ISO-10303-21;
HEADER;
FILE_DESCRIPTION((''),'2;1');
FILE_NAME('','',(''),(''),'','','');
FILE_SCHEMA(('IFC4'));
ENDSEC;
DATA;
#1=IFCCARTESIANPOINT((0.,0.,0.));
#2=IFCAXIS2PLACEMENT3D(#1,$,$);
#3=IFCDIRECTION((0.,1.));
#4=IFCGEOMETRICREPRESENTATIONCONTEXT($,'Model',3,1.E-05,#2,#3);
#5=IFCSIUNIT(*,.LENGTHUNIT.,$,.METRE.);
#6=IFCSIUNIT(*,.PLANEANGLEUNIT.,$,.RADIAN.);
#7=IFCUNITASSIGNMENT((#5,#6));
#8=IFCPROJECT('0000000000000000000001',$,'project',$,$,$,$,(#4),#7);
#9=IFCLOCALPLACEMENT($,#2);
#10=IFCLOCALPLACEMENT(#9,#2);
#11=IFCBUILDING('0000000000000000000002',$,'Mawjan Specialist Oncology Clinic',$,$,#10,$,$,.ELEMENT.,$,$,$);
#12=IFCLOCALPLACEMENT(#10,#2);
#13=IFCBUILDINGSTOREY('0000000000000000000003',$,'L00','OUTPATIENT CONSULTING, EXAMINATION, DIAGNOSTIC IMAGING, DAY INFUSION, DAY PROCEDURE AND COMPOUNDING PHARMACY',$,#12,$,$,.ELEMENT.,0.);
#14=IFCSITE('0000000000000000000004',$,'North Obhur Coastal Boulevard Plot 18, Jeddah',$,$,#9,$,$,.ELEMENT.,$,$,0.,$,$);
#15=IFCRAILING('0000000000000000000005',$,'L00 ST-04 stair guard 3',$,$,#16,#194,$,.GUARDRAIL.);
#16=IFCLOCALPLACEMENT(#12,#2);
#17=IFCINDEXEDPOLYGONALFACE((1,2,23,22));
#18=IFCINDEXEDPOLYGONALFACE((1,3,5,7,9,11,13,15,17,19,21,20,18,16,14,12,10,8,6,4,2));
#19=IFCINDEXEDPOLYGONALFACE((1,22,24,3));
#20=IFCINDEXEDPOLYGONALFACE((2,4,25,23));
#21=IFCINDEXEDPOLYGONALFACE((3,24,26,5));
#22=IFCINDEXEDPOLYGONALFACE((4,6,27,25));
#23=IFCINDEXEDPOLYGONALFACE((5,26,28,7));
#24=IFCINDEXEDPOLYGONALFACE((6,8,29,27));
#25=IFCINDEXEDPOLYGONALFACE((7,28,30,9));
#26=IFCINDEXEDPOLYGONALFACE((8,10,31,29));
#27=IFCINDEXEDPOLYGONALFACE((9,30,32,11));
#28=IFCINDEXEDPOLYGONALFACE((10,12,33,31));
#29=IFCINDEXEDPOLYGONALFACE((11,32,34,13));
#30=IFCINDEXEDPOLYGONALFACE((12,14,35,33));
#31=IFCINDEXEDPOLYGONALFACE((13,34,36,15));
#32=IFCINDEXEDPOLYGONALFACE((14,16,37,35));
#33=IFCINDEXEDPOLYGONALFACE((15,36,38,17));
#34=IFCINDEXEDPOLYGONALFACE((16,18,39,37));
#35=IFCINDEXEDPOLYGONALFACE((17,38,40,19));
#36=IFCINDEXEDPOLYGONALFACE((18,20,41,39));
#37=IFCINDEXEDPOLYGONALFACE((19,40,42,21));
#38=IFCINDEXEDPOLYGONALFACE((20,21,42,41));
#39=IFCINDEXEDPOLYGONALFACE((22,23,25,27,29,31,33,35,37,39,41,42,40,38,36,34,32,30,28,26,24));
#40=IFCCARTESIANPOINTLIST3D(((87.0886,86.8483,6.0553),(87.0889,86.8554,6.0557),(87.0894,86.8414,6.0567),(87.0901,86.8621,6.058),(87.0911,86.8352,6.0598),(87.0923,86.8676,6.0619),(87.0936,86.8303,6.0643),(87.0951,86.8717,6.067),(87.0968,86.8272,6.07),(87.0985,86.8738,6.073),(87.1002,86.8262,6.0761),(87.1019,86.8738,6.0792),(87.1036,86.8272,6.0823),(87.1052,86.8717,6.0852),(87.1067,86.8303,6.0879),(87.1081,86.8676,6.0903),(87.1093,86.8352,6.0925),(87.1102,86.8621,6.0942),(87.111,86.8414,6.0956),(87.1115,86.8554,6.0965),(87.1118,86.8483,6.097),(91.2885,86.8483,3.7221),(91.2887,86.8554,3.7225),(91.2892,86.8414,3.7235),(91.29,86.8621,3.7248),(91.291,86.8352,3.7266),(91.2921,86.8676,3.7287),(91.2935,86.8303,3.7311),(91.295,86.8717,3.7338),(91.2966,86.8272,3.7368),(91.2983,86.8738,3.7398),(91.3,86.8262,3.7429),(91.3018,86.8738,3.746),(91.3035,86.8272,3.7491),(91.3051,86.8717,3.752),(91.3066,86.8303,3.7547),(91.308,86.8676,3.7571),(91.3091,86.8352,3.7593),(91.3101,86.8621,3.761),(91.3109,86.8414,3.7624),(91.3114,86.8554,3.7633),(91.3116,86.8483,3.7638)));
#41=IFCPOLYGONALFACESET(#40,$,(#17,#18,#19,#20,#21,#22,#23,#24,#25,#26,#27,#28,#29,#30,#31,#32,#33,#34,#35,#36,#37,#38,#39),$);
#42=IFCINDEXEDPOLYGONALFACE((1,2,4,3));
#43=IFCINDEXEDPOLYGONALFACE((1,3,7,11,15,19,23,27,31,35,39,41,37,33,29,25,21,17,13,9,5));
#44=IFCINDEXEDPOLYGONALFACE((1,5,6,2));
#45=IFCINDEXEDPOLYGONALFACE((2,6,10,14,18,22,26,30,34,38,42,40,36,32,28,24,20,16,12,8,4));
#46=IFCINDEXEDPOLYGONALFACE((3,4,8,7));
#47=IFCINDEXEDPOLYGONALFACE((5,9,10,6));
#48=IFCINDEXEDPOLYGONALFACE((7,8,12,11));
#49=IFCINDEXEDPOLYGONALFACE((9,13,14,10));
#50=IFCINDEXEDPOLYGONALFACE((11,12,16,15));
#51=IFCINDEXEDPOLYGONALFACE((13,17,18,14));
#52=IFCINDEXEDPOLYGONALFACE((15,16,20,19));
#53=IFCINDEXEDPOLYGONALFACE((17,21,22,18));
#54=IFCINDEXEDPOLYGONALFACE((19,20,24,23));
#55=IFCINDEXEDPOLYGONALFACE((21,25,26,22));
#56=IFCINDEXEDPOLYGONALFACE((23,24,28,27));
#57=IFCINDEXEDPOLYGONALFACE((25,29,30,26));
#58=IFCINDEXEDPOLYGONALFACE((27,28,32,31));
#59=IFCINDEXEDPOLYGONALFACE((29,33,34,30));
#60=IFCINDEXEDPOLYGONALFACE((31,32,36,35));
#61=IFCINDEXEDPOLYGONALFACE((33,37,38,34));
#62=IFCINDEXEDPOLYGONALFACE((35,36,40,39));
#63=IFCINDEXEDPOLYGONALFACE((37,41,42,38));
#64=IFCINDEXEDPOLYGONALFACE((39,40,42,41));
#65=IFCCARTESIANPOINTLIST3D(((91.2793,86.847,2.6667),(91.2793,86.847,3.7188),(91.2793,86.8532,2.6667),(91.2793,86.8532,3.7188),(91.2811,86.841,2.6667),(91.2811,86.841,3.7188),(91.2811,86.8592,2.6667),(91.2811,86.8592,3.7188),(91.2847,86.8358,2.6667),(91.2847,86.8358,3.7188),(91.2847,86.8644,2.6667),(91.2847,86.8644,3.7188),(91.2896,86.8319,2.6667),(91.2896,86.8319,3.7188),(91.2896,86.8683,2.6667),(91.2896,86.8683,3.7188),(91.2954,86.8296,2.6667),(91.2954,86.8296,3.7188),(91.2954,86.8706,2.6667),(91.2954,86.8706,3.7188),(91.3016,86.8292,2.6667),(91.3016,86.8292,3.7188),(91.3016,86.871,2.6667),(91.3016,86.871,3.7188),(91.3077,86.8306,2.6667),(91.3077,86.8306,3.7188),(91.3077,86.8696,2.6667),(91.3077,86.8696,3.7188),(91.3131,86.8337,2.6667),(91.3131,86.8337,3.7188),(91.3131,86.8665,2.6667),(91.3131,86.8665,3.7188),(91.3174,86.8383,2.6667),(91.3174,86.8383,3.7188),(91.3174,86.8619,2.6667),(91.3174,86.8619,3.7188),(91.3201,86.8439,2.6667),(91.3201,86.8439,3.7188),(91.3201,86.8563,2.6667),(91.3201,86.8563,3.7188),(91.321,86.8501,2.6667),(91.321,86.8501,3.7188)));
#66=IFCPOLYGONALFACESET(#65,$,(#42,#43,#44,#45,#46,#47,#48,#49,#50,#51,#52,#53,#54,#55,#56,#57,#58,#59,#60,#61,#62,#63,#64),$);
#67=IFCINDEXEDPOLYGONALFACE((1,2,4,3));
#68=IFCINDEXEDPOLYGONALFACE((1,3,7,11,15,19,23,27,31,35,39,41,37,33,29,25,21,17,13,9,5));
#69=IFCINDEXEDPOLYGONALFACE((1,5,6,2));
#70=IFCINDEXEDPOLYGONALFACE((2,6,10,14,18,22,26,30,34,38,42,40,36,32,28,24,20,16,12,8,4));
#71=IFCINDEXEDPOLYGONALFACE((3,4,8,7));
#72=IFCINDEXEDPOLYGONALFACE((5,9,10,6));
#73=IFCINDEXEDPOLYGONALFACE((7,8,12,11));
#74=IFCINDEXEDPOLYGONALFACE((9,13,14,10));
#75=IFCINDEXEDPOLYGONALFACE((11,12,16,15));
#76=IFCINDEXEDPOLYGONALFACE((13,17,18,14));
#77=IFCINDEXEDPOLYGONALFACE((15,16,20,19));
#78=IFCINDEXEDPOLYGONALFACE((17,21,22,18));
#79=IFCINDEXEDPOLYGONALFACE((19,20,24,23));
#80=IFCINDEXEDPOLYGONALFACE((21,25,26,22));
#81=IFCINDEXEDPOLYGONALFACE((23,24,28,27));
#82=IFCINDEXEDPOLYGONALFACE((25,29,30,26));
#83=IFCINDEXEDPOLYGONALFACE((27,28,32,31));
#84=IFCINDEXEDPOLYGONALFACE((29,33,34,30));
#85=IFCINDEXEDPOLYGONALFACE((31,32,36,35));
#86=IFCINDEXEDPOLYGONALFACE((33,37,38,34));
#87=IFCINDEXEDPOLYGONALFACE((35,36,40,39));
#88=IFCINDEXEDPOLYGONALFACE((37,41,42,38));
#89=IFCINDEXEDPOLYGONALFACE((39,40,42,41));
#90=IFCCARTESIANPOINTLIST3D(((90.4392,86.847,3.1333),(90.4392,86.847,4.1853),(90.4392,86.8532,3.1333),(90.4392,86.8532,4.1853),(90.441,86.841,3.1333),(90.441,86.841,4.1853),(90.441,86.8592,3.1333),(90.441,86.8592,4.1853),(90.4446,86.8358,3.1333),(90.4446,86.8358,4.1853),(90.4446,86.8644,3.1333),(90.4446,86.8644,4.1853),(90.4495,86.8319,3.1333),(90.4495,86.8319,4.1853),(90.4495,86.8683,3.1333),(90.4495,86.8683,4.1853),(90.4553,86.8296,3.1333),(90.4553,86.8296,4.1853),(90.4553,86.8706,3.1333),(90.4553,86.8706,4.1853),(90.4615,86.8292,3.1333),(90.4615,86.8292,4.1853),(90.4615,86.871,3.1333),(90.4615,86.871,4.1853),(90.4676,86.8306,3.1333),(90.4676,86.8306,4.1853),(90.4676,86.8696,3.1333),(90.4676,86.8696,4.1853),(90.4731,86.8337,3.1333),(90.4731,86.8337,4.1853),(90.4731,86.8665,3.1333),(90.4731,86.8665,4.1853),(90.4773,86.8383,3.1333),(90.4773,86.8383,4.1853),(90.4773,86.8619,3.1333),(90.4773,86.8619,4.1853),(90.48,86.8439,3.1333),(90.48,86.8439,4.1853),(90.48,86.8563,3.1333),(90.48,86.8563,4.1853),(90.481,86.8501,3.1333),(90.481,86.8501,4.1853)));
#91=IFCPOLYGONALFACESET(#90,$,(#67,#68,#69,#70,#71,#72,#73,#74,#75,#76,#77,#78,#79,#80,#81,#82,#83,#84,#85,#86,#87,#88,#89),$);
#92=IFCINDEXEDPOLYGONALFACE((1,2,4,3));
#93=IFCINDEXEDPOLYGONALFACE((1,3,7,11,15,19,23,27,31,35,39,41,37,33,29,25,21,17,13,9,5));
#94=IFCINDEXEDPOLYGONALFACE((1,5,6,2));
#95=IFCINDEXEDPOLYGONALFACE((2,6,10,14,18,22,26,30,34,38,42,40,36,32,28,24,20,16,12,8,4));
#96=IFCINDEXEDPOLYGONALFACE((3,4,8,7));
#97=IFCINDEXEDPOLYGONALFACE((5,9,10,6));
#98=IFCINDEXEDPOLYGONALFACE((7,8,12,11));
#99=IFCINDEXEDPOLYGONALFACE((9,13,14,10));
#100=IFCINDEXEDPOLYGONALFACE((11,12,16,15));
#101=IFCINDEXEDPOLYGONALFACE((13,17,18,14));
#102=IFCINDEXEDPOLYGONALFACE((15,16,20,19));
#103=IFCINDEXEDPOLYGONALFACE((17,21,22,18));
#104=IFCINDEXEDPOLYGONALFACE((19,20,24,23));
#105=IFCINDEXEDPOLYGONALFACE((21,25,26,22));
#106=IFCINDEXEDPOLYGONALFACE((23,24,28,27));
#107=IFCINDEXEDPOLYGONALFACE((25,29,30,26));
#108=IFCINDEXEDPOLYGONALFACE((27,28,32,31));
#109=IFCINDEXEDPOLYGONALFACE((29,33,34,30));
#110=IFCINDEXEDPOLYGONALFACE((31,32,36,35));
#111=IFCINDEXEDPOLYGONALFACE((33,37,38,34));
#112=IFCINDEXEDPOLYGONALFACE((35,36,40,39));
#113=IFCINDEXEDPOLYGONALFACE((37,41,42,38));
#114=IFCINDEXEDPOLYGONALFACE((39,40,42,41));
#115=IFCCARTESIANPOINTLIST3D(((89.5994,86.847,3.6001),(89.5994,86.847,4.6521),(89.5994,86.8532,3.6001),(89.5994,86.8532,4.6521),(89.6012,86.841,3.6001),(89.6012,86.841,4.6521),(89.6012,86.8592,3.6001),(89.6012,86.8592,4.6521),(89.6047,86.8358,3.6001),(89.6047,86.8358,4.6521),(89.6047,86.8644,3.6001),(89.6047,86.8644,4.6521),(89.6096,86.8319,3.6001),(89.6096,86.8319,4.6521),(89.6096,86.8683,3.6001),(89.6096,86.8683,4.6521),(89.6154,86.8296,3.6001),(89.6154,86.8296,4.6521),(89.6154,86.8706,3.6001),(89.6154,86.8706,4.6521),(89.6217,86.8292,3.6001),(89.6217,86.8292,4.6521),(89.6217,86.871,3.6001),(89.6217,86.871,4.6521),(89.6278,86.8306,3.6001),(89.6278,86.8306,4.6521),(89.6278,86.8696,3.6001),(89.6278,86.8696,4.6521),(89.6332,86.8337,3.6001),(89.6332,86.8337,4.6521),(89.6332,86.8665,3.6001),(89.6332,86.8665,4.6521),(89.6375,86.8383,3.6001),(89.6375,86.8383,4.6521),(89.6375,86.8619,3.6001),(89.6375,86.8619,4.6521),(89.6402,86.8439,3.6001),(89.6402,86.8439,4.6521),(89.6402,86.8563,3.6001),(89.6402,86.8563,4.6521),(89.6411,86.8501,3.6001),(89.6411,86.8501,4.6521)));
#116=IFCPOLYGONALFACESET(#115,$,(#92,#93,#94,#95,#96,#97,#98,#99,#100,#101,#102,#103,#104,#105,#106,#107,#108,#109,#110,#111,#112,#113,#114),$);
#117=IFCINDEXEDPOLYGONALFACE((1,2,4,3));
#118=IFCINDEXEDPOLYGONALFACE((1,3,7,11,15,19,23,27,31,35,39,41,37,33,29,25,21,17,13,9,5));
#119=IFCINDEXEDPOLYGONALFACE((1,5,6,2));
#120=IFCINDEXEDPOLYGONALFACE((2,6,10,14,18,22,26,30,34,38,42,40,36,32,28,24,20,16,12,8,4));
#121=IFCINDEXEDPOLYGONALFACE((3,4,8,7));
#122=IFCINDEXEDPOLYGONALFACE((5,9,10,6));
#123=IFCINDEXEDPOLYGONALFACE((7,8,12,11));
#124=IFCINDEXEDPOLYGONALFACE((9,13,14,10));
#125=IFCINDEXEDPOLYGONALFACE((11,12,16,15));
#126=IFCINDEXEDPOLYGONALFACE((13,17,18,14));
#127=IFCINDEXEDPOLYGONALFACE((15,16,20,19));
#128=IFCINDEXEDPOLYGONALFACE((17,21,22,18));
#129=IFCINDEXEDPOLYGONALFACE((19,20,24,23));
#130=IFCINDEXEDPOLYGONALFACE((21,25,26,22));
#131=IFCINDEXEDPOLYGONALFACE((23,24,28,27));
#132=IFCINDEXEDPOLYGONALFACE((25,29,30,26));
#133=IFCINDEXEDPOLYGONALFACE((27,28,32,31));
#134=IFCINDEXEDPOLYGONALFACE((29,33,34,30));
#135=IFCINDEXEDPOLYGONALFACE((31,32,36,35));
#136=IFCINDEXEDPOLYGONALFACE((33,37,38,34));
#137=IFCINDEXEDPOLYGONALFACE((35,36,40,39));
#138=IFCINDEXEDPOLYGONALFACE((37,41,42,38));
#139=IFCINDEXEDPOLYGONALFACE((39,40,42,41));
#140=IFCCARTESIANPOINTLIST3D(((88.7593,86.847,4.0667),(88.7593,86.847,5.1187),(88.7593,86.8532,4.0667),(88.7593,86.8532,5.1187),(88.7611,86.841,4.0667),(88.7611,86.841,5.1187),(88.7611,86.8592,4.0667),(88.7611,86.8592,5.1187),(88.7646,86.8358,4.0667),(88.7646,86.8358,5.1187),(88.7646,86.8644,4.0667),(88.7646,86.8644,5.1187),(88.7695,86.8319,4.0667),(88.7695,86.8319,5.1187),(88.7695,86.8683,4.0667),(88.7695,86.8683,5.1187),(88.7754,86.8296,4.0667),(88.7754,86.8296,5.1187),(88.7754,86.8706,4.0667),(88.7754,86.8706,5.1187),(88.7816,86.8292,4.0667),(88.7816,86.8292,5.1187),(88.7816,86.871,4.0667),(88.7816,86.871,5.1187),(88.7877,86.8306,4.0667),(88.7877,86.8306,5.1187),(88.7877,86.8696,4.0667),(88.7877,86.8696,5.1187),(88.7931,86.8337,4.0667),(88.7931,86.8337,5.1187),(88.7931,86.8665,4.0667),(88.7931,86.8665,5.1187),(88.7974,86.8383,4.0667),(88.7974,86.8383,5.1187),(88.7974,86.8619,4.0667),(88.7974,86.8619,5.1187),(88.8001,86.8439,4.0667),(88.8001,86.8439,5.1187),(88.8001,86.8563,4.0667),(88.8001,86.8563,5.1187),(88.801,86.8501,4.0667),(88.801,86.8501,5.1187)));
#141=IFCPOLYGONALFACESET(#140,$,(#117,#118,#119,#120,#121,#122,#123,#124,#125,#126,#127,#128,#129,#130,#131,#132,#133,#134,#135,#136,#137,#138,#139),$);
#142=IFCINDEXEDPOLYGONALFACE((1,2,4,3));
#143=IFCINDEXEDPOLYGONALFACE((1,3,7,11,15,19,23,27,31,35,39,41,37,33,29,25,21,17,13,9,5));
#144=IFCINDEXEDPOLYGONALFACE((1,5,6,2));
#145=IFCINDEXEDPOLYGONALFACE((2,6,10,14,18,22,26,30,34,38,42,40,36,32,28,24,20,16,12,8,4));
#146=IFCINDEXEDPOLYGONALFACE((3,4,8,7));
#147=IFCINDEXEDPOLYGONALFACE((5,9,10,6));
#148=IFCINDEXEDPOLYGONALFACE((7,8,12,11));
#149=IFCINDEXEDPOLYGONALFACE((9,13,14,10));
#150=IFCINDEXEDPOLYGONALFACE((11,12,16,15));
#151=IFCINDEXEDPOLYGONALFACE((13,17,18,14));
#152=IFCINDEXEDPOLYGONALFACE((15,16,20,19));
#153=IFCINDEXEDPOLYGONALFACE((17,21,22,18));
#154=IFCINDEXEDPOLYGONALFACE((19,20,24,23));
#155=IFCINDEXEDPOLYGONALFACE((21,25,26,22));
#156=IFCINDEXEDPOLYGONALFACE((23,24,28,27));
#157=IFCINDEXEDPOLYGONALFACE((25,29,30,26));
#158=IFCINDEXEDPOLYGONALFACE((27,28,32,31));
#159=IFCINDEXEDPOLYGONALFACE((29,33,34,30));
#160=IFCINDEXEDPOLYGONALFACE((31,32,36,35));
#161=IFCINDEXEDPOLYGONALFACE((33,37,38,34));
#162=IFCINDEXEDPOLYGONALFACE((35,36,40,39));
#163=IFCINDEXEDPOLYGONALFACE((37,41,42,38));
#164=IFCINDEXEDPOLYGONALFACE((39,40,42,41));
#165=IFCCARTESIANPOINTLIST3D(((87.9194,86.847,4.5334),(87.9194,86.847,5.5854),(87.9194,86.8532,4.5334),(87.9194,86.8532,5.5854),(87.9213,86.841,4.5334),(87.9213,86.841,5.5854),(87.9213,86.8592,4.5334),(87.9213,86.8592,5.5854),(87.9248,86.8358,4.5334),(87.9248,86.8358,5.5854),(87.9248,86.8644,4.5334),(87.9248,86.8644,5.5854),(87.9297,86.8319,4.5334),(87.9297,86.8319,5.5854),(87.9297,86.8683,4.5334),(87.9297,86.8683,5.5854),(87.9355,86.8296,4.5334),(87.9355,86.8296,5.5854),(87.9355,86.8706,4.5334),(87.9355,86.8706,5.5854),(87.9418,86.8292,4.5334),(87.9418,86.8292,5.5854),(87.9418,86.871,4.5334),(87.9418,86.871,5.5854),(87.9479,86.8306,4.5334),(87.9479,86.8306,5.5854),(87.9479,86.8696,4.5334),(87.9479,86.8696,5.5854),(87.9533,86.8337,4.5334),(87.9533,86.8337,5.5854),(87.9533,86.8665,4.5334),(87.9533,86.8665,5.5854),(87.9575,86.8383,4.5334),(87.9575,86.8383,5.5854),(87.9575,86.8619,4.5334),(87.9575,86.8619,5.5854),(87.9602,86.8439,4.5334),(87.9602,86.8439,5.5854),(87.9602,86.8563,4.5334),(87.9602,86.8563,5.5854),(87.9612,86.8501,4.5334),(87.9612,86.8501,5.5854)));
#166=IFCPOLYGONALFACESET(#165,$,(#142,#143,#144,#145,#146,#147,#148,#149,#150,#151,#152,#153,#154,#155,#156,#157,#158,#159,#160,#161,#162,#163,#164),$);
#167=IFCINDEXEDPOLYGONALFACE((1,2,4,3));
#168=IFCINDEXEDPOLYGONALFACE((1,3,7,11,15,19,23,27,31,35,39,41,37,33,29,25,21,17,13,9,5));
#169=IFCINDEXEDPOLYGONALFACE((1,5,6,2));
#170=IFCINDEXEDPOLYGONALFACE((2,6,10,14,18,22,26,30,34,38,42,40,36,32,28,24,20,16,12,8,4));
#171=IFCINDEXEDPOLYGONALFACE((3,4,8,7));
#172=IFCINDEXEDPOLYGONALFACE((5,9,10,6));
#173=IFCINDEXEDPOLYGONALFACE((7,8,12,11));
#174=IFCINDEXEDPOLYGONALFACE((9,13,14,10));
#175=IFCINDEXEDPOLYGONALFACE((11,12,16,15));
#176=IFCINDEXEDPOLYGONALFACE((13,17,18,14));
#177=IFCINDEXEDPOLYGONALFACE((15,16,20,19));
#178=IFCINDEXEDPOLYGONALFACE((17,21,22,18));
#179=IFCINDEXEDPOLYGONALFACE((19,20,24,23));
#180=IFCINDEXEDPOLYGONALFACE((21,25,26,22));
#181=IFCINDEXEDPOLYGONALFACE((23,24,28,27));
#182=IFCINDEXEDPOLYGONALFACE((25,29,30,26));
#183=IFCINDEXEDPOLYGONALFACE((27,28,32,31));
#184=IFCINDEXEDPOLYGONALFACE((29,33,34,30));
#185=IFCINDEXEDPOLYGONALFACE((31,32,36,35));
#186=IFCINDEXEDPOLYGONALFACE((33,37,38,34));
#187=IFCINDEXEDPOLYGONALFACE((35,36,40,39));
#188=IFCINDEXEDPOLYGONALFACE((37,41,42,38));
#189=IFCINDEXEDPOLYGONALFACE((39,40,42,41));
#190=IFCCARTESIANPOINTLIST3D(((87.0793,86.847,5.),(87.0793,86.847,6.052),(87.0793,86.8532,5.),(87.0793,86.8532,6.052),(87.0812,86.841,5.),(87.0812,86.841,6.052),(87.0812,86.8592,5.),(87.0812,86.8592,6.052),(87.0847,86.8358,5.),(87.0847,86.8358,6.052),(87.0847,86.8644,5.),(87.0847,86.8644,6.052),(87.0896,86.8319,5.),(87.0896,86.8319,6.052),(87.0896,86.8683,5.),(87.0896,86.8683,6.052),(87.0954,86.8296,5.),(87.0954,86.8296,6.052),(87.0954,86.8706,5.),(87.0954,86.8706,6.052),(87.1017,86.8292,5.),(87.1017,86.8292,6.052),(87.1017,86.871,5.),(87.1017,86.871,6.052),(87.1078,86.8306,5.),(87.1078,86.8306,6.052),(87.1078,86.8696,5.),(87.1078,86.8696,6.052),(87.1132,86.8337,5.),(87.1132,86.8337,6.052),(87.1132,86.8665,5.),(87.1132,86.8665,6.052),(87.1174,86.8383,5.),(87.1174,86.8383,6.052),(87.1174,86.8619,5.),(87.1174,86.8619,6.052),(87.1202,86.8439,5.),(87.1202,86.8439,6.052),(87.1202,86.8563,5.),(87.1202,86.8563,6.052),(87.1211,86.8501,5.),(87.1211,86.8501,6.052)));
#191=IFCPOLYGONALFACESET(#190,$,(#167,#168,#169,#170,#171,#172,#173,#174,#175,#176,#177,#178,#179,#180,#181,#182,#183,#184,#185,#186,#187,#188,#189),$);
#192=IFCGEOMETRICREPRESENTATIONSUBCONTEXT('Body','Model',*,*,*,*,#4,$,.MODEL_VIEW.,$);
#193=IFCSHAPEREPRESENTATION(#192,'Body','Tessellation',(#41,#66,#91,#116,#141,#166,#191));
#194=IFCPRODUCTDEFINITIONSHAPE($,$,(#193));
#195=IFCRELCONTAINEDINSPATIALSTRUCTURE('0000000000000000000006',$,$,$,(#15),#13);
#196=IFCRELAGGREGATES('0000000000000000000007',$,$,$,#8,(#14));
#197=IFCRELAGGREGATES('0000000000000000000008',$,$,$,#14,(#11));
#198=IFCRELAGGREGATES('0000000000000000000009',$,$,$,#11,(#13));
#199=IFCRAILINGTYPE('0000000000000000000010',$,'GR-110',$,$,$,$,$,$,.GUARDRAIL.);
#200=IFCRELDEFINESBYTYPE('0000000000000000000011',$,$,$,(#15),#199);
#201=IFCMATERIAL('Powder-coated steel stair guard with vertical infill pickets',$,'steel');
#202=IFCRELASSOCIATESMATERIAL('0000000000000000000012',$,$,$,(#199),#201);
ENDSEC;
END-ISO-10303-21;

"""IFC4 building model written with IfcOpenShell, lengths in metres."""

from ifc_helpers import new_model, si_unit, direction, frame, origin, origin_2d, place, context, subcontext, project, spatial, circle, extrude, material, type_object, element, save


model = new_model("IFC4")

# Units and contexts
model_context = context("Model", 3, precision=1e-05, world=origin(), true_north=direction((0.0, 1.0)))
body_context = subcontext(model_context, "Body", "Model", "MODEL_VIEW")
ifc_project = project(units=[si_unit("LENGTHUNIT", "METRE"), si_unit("PLANEANGLEUNIT", "RADIAN")], contexts=[model_context])

# Site, building, storey
site_placement = place(None, origin())
site = spatial("IfcSite", under=ifc_project, at=site_placement, Name="North Obhur Coastal Boulevard Plot 18, Jeddah", CompositionType="ELEMENT", RefElevation=0.0)
building_placement = place(site_placement, origin())
building = spatial("IfcBuilding", under=site, at=building_placement, Name="Mawjan Specialist Oncology Clinic", CompositionType="ELEMENT")
storey_placement = place(building_placement, origin())
storey = spatial("IfcBuildingStorey", under=building, at=storey_placement, Name="L00", Description="OUTPATIENT CONSULTING, EXAMINATION, DIAGNOSTIC IMAGING, DAY INFUSION, DAY PROCEDURE AND COMPOUNDING PHARMACY", CompositionType="ELEMENT", Elevation=0.0)

# Railing
ifc_material_1 = material(Name="Powder-coated steel stair guard with vertical infill pickets", Category="steel")
railing_type_1 = type_object("IfcRailingType", Name="GR-110", PredefinedType="GUARDRAIL", material=ifc_material_1)
railing_1_placement = place(storey_placement, frame((91.3, 86.8501, 2.6667)))
element("IfcRailing", 1, at=railing_1_placement, inside=storey, type_object=railing_type_1, Name="L00 ST-04 stair guard 3", PredefinedType="GUARDRAIL", context=body_context, shape_type="SweptSolid", body=[
    extrude(circle(Radius=0.0239, at=origin_2d()), frame((0.0, 0.0, 1.0762), z_axis=(-0.874162, 0.0, 0.485634), x_axis=(0.0, -1.0, 0.0)), (0.0, 0.0, 1.0), 4.8044),
    extrude(circle(Radius=0.021, at=origin_2d()), origin(), (0.0, 0.0, 1.0), 1.052),
    extrude(circle(Radius=0.021, at=origin_2d()), frame((-0.8401, 0.0, 0.4666)), (0.0, 0.0, 1.0), 1.052),
    extrude(circle(Radius=0.021, at=origin_2d()), frame((-1.6799, 0.0, 0.9333)), (0.0, 0.0, 1.0), 1.052),
    extrude(circle(Radius=0.021, at=origin_2d()), frame((-2.52, 0.0, 1.3999)), (0.0, 0.0, 1.0), 1.052),
    extrude(circle(Radius=0.021, at=origin_2d()), frame((-3.3599, 0.0, 1.8667)), (0.0, 0.0, 1.0), 1.052),
    extrude(circle(Radius=0.021, at=origin_2d()), frame((-4.2, 0.0, 2.3333)), (0.0, 0.0, 1.0), 1.052),
])

save(model, "model.ifc")
